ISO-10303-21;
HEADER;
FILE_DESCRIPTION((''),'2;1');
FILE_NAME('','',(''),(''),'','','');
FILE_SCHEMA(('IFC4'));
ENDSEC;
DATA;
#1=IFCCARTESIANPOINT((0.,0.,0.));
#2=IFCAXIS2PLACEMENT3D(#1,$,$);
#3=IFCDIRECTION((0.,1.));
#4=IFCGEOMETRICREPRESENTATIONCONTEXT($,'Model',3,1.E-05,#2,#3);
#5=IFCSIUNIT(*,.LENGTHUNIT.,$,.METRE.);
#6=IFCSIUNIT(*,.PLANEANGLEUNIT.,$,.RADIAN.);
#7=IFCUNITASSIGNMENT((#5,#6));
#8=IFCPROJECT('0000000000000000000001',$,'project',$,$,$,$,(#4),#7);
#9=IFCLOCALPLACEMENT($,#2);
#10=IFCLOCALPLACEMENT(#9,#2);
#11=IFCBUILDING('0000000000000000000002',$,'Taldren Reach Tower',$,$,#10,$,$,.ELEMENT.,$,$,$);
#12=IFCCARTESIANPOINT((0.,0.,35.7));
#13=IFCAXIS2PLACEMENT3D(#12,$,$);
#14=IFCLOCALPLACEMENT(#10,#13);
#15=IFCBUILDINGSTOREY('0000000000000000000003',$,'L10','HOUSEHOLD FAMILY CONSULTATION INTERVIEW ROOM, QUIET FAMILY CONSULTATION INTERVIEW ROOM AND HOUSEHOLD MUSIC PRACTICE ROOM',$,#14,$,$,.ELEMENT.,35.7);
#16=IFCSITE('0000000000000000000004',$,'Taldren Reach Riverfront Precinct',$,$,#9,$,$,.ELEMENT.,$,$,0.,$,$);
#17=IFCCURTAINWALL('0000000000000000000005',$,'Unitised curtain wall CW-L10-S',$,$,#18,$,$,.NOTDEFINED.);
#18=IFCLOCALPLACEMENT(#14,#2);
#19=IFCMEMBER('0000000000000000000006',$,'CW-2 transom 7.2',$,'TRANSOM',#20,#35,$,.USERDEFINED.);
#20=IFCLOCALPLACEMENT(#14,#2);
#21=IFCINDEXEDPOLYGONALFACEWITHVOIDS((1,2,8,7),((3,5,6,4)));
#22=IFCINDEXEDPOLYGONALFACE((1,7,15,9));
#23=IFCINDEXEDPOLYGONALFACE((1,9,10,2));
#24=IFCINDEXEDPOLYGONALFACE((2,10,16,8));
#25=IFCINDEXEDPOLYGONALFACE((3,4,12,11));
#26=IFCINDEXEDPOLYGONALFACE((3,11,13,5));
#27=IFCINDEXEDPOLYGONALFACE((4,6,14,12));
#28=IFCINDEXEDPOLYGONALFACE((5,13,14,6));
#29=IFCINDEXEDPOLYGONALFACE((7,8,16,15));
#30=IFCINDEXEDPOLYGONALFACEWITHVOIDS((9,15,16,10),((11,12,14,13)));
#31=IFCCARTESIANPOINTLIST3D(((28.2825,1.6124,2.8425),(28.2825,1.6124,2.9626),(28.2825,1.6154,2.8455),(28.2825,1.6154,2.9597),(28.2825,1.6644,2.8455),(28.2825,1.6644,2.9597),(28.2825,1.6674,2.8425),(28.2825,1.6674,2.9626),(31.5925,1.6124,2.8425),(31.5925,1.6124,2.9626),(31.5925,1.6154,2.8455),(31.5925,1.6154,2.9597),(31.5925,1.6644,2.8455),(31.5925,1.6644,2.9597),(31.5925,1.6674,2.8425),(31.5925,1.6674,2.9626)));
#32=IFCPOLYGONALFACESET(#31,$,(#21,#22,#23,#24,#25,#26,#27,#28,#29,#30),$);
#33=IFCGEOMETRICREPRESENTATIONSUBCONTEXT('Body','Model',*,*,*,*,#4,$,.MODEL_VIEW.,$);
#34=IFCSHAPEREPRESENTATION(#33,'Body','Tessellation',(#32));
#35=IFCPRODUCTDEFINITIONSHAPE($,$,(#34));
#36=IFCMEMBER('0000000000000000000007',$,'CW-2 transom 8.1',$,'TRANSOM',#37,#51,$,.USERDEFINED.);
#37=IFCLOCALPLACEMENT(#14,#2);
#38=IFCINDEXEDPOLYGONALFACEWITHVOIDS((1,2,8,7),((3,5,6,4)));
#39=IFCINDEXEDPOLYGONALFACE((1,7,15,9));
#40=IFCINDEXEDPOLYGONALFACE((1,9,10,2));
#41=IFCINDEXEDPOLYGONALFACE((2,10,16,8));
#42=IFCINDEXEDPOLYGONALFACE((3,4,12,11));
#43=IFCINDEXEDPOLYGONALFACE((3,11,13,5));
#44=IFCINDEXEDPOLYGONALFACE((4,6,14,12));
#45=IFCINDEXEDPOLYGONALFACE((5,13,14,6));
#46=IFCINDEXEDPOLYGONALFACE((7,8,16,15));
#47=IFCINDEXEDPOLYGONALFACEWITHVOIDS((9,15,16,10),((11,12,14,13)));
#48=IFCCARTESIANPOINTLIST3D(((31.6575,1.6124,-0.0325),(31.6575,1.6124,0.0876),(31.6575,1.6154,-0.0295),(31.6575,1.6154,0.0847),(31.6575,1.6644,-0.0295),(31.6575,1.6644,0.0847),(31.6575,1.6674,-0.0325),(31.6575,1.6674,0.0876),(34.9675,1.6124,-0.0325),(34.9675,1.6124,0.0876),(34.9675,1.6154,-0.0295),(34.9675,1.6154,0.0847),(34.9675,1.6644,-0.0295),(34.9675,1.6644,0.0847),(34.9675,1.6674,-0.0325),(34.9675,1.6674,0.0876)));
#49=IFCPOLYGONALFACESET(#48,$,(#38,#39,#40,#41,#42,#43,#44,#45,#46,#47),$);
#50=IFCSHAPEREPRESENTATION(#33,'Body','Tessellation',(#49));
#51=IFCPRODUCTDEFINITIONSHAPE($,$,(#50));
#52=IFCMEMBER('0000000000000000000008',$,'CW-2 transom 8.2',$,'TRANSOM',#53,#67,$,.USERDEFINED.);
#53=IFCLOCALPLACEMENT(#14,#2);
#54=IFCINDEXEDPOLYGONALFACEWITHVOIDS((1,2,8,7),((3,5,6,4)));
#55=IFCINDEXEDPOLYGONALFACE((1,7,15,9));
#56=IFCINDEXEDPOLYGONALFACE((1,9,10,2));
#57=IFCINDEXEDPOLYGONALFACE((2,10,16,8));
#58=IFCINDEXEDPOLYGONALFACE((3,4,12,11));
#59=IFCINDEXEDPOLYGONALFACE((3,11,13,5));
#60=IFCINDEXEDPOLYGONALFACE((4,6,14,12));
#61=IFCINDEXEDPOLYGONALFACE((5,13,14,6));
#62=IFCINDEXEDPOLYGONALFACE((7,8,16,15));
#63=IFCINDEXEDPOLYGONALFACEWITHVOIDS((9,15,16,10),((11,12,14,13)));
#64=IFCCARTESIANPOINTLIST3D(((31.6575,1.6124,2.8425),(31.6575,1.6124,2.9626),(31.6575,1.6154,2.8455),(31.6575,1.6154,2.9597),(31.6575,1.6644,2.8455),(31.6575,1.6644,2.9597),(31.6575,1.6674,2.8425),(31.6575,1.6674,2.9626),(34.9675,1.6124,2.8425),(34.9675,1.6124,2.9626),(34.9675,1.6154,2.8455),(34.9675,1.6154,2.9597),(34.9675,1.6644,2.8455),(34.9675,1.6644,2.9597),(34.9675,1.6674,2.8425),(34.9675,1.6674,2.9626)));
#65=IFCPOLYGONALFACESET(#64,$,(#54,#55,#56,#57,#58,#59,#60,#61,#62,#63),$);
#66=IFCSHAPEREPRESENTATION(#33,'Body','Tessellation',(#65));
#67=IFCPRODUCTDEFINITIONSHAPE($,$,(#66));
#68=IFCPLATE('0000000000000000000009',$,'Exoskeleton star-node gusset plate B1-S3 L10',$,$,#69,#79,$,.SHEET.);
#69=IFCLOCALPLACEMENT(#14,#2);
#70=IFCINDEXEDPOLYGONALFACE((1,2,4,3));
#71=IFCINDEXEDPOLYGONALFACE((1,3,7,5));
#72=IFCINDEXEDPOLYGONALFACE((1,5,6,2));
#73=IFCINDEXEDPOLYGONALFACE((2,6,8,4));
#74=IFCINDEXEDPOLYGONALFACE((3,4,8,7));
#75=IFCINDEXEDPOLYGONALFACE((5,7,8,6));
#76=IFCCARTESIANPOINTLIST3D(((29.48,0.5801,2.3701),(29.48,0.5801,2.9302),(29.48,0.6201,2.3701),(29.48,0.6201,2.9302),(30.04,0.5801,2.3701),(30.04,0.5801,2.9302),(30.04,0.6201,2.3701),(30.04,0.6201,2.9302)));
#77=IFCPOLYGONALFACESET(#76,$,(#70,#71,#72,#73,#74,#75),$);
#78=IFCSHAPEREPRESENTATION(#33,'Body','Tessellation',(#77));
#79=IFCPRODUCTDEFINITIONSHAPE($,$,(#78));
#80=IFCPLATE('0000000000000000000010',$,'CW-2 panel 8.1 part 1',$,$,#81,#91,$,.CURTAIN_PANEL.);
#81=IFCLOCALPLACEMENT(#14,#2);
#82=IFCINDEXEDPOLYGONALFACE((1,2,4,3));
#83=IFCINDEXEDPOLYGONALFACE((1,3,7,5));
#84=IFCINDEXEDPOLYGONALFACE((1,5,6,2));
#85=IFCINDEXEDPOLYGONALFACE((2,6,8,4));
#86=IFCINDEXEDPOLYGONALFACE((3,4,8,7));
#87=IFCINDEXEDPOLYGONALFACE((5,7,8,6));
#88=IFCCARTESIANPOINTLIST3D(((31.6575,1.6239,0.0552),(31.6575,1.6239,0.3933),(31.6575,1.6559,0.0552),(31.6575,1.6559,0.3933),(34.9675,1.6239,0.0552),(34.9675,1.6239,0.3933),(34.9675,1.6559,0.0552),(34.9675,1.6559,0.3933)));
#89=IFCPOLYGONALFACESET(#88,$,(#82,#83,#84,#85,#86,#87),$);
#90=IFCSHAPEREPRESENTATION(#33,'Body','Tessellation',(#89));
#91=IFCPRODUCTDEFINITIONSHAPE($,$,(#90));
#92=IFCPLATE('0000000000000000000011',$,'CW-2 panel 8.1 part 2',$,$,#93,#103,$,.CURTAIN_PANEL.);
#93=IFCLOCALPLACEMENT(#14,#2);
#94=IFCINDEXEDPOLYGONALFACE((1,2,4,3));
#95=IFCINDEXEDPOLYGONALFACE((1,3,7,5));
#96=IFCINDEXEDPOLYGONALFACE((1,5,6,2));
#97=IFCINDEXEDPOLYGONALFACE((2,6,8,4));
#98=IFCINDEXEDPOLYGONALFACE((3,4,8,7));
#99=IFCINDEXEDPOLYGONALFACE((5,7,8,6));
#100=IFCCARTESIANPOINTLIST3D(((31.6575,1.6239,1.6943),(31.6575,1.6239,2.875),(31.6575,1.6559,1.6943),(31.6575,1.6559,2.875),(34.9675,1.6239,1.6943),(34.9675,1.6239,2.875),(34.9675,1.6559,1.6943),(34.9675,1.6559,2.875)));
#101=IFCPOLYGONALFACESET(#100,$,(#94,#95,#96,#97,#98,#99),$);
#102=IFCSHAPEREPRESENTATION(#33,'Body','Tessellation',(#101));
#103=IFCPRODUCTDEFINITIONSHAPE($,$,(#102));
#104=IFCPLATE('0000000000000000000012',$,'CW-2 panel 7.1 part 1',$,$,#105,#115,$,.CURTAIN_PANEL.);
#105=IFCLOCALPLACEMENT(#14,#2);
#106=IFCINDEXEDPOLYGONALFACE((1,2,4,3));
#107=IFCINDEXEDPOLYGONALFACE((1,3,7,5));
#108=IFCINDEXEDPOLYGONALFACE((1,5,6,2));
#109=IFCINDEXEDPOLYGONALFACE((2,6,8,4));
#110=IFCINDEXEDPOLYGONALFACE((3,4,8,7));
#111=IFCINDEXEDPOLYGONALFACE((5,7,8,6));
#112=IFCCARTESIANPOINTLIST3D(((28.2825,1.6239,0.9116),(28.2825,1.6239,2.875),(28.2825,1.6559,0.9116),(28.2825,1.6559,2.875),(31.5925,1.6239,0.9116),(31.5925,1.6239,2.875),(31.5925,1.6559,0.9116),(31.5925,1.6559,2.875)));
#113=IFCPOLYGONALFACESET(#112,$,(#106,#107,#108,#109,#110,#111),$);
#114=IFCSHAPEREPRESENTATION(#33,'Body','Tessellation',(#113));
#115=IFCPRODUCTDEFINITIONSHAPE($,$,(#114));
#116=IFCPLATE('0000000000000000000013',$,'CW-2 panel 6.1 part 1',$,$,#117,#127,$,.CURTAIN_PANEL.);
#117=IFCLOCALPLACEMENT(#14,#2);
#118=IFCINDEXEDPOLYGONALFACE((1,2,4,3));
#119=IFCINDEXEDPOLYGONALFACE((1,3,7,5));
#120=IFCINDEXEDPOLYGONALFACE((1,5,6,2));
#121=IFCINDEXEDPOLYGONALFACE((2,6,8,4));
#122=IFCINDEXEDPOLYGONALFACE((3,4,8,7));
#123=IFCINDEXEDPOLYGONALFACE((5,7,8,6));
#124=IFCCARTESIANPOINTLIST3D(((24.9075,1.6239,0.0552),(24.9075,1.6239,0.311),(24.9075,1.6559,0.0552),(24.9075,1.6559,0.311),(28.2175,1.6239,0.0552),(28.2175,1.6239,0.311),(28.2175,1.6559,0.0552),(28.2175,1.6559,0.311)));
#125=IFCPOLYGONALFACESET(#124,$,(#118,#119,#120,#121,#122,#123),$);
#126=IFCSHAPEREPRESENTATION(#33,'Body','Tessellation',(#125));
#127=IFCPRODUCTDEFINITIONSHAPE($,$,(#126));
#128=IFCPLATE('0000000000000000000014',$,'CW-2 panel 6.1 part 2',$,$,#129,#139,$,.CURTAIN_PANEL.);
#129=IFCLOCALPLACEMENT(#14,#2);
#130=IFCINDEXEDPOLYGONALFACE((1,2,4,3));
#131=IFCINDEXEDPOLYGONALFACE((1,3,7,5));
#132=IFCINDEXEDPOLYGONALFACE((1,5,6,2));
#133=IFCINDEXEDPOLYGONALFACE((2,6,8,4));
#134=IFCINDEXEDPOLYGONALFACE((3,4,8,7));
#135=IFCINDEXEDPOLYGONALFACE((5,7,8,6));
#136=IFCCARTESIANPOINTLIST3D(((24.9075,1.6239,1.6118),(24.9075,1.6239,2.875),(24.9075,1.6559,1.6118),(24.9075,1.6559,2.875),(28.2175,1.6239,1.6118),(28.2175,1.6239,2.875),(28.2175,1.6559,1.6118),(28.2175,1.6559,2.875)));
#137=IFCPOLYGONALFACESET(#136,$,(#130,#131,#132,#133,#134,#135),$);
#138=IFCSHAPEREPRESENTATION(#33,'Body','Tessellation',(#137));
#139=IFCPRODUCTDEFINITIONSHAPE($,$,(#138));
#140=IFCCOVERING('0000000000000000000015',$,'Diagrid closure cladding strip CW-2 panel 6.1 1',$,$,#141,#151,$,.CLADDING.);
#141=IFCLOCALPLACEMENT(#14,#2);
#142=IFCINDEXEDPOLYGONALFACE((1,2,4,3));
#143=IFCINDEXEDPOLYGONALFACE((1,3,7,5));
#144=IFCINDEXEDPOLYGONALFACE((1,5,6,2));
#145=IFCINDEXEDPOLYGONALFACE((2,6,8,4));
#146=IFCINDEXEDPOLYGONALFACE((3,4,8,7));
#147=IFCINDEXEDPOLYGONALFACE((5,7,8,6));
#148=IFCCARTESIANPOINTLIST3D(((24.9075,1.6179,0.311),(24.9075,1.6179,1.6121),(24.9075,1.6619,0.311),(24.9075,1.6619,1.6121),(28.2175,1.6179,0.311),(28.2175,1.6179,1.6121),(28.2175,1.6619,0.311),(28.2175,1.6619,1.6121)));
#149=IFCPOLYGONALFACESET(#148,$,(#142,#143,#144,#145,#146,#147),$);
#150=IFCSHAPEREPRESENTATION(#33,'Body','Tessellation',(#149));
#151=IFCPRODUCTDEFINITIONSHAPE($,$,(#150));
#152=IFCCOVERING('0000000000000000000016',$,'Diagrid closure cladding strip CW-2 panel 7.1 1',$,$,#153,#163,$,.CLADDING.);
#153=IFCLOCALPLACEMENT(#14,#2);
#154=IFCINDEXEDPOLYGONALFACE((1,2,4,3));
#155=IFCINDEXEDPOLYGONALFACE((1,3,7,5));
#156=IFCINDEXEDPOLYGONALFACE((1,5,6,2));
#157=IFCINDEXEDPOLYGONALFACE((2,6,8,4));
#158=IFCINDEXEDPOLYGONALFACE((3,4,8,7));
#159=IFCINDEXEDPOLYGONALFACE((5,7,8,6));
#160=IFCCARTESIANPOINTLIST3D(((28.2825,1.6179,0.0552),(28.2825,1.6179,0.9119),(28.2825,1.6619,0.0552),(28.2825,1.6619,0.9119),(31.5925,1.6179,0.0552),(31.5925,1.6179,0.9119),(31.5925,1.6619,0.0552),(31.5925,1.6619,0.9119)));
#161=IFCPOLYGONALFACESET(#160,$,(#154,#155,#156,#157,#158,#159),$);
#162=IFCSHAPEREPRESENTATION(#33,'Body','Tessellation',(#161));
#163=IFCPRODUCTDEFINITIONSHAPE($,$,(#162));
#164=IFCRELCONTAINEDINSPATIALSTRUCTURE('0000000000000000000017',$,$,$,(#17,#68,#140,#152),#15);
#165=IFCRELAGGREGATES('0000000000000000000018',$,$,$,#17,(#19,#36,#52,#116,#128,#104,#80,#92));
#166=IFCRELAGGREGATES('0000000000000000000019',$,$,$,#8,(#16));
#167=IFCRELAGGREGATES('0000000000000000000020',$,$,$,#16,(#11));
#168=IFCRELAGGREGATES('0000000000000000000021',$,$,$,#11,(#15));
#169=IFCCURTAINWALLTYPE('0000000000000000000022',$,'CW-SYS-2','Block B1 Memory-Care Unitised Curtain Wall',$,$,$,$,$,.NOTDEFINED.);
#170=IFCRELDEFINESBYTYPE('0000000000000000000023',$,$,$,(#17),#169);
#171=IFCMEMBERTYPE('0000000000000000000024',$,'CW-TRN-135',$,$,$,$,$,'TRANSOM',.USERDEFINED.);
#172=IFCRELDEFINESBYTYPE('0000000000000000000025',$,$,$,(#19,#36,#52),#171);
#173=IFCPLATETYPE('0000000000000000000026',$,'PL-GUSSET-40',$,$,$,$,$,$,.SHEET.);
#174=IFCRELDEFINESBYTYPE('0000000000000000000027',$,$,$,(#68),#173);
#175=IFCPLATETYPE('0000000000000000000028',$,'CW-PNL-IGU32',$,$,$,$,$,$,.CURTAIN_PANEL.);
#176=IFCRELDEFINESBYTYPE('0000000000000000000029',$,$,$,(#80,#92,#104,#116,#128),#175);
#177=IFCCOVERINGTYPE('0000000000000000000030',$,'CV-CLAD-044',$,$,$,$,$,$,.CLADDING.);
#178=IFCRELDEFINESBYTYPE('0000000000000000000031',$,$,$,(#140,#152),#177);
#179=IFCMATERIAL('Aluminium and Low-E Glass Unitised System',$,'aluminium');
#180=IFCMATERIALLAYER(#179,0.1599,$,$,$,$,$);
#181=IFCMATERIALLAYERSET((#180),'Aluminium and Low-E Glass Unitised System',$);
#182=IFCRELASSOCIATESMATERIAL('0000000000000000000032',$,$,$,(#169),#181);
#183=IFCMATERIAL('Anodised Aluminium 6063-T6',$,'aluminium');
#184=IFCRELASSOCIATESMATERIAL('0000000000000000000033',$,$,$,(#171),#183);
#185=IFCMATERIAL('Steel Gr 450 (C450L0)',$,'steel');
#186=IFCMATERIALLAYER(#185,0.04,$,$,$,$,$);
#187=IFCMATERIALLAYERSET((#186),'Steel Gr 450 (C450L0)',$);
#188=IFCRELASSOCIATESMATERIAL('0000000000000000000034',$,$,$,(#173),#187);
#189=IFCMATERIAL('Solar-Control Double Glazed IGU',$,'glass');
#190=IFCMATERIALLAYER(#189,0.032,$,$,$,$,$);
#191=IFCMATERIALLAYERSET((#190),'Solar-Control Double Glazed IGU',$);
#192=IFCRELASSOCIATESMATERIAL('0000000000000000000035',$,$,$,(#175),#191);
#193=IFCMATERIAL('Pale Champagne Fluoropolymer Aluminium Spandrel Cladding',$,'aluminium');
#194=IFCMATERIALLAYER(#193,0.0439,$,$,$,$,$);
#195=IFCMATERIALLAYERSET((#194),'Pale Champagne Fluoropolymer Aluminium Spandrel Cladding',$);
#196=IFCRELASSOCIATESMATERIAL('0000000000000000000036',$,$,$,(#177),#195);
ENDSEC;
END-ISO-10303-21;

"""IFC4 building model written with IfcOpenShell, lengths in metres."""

from ifc_helpers import new_model, si_unit, direction, frame, origin, origin_2d, place, context, subcontext, project, spatial, rectangle, hollow_rectangle, extrude, source, transform, mapped, material, layer, layer_set, material_profile, profile_set, type_object, element, aggregate, save


model = new_model("IFC4")

# Units and contexts
model_context = context("Model", 3, precision=1e-05, world=origin(), true_north=direction((0.0, 1.0)))
body_context = subcontext(model_context, "Body", "Model", "MODEL_VIEW")
ifc_project = project(units=[si_unit("LENGTHUNIT", "METRE"), si_unit("PLANEANGLEUNIT", "RADIAN")], contexts=[model_context])

# Site, building, storey
site_placement = place(None, origin())
site = spatial("IfcSite", under=ifc_project, at=site_placement, Name="Taldren Reach Riverfront Precinct", CompositionType="ELEMENT", RefElevation=0.0)
building_placement = place(site_placement, origin())
building = spatial("IfcBuilding", under=site, at=building_placement, Name="Taldren Reach Tower", CompositionType="ELEMENT")
storey_placement = place(building_placement, frame((0.0, 0.0, 35.7)))
storey = spatial("IfcBuildingStorey", under=building, at=storey_placement, Name="L10", Description="HOUSEHOLD FAMILY CONSULTATION INTERVIEW ROOM, QUIET FAMILY CONSULTATION INTERVIEW ROOM AND HOUSEHOLD MUSIC PRACTICE ROOM", CompositionType="ELEMENT", Elevation=35.7)

# Shared definitions
ifc_material_1 = material(Name="Steel Gr 450 (C450L0)", Category="steel")

# Curtain wall, members
ifc_material_2 = material(Name="Aluminium and Low-E Glass Unitised System", Category="aluminium")
ifc_layer_1 = layer(ifc_material_2, 0.1599)
ifc_layer_set_1 = layer_set([ifc_layer_1], Name="Aluminium and Low-E Glass Unitised System")
curtain_wall_type = type_object("IfcCurtainWallType", Name="CW-SYS-2", Description="Block B1 Memory-Care Unitised Curtain Wall", PredefinedType="NOTDEFINED", material=ifc_layer_set_1)
curtain_wall_placement = place(storey_placement, origin())
curtain_wall = element("IfcCurtainWall", 1, at=curtain_wall_placement, inside=storey, type_object=curtain_wall_type, Name="Unitised curtain wall CW-L10-S", PredefinedType="NOTDEFINED")
ifc_material_3 = material(Name="Anodised Aluminium 6063-T6", Category="aluminium")
ifc_material_profile_1 = material_profile(ifc_material_3, hollow_rectangle(XDim=0.0549, YDim=0.1201, WallThickness=0.0029, at=origin_2d()), Name="ALU-120x55x3RHS")
ifc_profile_set_1 = profile_set([ifc_material_profile_1], Name="Anodised Aluminium 6063-T6")
member_type_1 = type_object("IfcMemberType", Name="CW-TRN-135", ElementType="TRANSOM", PredefinedType="USERDEFINED", material=ifc_profile_set_1)
shared_shape_1 = source(origin(), body_context, "Body", "SweptSolid", [
    extrude(hollow_rectangle(XDim=0.0549, YDim=0.1201, WallThickness=0.0029, at=origin_2d()), origin(), (0.0, 0.0, 1.0), 3.3101),
])
member_1_placement = place(storey_placement, frame((28.2825, 1.6399, 2.9026), z_axis=(1.0, 0.0, 0.0), x_axis=(0.0, 1.0, 0.0)))
member_1 = element("IfcMember", 2, at=member_1_placement, type_object=member_type_1, Name="CW-2 transom 7.2", ObjectType="TRANSOM", PredefinedType="USERDEFINED", context=body_context, shape_type="MappedRepresentation", body=[
    mapped(shared_shape_1, transform((0.0, 0.0, 0.0), scale=1.0)),
])
member_2_placement = place(storey_placement, frame((31.6575, 1.6399, 0.0276), z_axis=(1.0, 0.0, 0.0), x_axis=(0.0, 1.0, 0.0)))
member_2 = element("IfcMember", 3, at=member_2_placement, type_object=member_type_1, Name="CW-2 transom 8.1", ObjectType="TRANSOM", PredefinedType="USERDEFINED", context=body_context, shape_type="MappedRepresentation", body=[
    mapped(shared_shape_1, transform((0.0, 0.0, 0.0), scale=1.0)),
])
member_3_placement = place(storey_placement, frame((31.6575, 1.6399, 2.9026), z_axis=(1.0, 0.0, 0.0), x_axis=(0.0, 1.0, 0.0)))
member_3 = element("IfcMember", 4, at=member_3_placement, type_object=member_type_1, Name="CW-2 transom 8.2", ObjectType="TRANSOM", PredefinedType="USERDEFINED", context=body_context, shape_type="MappedRepresentation", body=[
    mapped(shared_shape_1, transform((0.0, 0.0, 0.0), scale=1.0)),
])

# Plates
ifc_layer_2 = layer(ifc_material_1, 0.04)
ifc_layer_set_2 = layer_set([ifc_layer_2], Name="Steel Gr 450 (C450L0)")
plate_type_1 = type_object("IfcPlateType", Name="PL-GUSSET-40", PredefinedType="SHEET", material=ifc_layer_set_2)
shared_shape_2 = source(origin(), body_context, "Body", "SweptSolid", [
    extrude(rectangle(XDim=0.5601, YDim=0.04, at=origin_2d()), origin(), (0.0, 0.0, 1.0), 0.5601),
])
plate_1_placement = place(storey_placement, frame((29.76, 0.6001, 2.3701), z_axis=(0.0, 0.0, 1.0), x_axis=(1.0, 0.0, 0.0)))
element("IfcPlate", 5, at=plate_1_placement, inside=storey, type_object=plate_type_1, Name="Exoskeleton star-node gusset plate B1-S3 L10", PredefinedType="SHEET", context=body_context, shape_type="MappedRepresentation", body=[
    mapped(shared_shape_2, transform((0.0, 0.0, 0.0), scale=1.0)),
])
ifc_material_4 = material(Name="Solar-Control Double Glazed IGU", Category="glass")
ifc_layer_3 = layer(ifc_material_4, 0.032)
ifc_layer_set_3 = layer_set([ifc_layer_3], Name="Solar-Control Double Glazed IGU")
plate_type_2 = type_object("IfcPlateType", Name="CW-PNL-IGU32", PredefinedType="CURTAIN_PANEL", material=ifc_layer_set_3)
shared_shape_3 = source(origin(), body_context, "Body", "SweptSolid", [
    extrude(rectangle(XDim=3.3101, YDim=0.032, at=origin_2d()), origin(), (0.0, 0.0, 1.0), 0.3381),
])
plate_2_placement = place(storey_placement, frame((33.3125, 1.6399, 0.0552), z_axis=(0.0, 0.0, 1.0), x_axis=(1.0, 0.0, 0.0)))
plate_2 = element("IfcPlate", 6, at=plate_2_placement, type_object=plate_type_2, Name="CW-2 panel 8.1 part 1", PredefinedType="CURTAIN_PANEL", context=body_context, shape_type="MappedRepresentation", body=[
    mapped(shared_shape_3, transform((0.0, 0.0, 0.0), scale=1.0)),
])
shared_shape_4 = source(origin(), body_context, "Body", "SweptSolid", [
    extrude(rectangle(XDim=3.3101, YDim=0.032, at=origin_2d()), origin(), (0.0, 0.0, 1.0), 1.1807),
])
plate_3_placement = place(storey_placement, frame((33.3125, 1.6399, 1.6943), z_axis=(0.0, 0.0, 1.0), x_axis=(1.0, 0.0, 0.0)))
plate_3 = element("IfcPlate", 7, at=plate_3_placement, type_object=plate_type_2, Name="CW-2 panel 8.1 part 2", PredefinedType="CURTAIN_PANEL", context=body_context, shape_type="MappedRepresentation", body=[
    mapped(shared_shape_4, transform((0.0, 0.0, 0.0), scale=1.0)),
])
shared_shape_5 = source(origin(), body_context, "Body", "SweptSolid", [
    extrude(rectangle(XDim=3.3101, YDim=0.032, at=origin_2d()), origin(), (0.0, 0.0, 1.0), 1.9634),
])
plate_4_placement = place(storey_placement, frame((29.9375, 1.6399, 0.9116), z_axis=(0.0, 0.0, 1.0), x_axis=(1.0, 0.0, 0.0)))
plate_4 = element("IfcPlate", 8, at=plate_4_placement, type_object=plate_type_2, Name="CW-2 panel 7.1 part 1", PredefinedType="CURTAIN_PANEL", context=body_context, shape_type="MappedRepresentation", body=[
    mapped(shared_shape_5, transform((0.0, 0.0, 0.0), scale=1.0)),
])
shared_shape_6 = source(origin(), body_context, "Body", "SweptSolid", [
    extrude(rectangle(XDim=3.3101, YDim=0.032, at=origin_2d()), origin(), (0.0, 0.0, 1.0), 0.2559),
])
plate_5_placement = place(storey_placement, frame((26.5625, 1.6399, 0.0552), z_axis=(0.0, 0.0, 1.0), x_axis=(1.0, 0.0, 0.0)))
plate_5 = element("IfcPlate", 9, at=plate_5_placement, type_object=plate_type_2, Name="CW-2 panel 6.1 part 1", PredefinedType="CURTAIN_PANEL", context=body_context, shape_type="MappedRepresentation", body=[
    mapped(shared_shape_6, transform((0.0, 0.0, 0.0), scale=1.0)),
])
shared_shape_7 = source(origin(), body_context, "Body", "SweptSolid", [
    extrude(rectangle(XDim=3.3101, YDim=0.032, at=origin_2d()), origin(), (0.0, 0.0, 1.0), 1.2632),
])
plate_6_placement = place(storey_placement, frame((26.5625, 1.6399, 1.6118), z_axis=(0.0, 0.0, 1.0), x_axis=(1.0, 0.0, 0.0)))
plate_6 = element("IfcPlate", 10, at=plate_6_placement, type_object=plate_type_2, Name="CW-2 panel 6.1 part 2", PredefinedType="CURTAIN_PANEL", context=body_context, shape_type="MappedRepresentation", body=[
    mapped(shared_shape_7, transform((0.0, 0.0, 0.0), scale=1.0)),
])
aggregate(curtain_wall, [member_1, member_2, member_3, plate_5, plate_6, plate_4, plate_2, plate_3])

# Coverings
ifc_material_5 = material(Name="Pale Champagne Fluoropolymer Aluminium Spandrel Cladding", Category="aluminium")
ifc_layer_4 = layer(ifc_material_5, 0.0439)
ifc_layer_set_4 = layer_set([ifc_layer_4], Name="Pale Champagne Fluoropolymer Aluminium Spandrel Cladding")
covering_type = type_object("IfcCoveringType", Name="CV-CLAD-044", PredefinedType="CLADDING", material=ifc_layer_set_4)
shared_shape_8 = source(origin(), body_context, "Body", "SweptSolid", [
    extrude(rectangle(XDim=3.3101, YDim=0.0439, at=origin_2d()), origin(), (0.0, 0.0, 1.0), 1.301),
])
covering_1_placement = place(storey_placement, frame((26.5625, 1.6399, 0.311), z_axis=(0.0, 0.0, 1.0), x_axis=(1.0, 0.0, 0.0)))
element("IfcCovering", 11, at=covering_1_placement, inside=storey, type_object=covering_type, Name="Diagrid closure cladding strip CW-2 panel 6.1 1", PredefinedType="CLADDING", context=body_context, shape_type="MappedRepresentation", body=[
    mapped(shared_shape_8, transform((0.0, 0.0, 0.0), scale=1.0)),
])
shared_shape_9 = source(origin(), body_context, "Body", "SweptSolid", [
    extrude(rectangle(XDim=3.3101, YDim=0.0439, at=origin_2d()), origin(), (0.0, 0.0, 1.0), 0.8567),
])
covering_2_placement = place(storey_placement, frame((29.9375, 1.6399, 0.0552), z_axis=(0.0, 0.0, 1.0), x_axis=(1.0, 0.0, 0.0)))
element("IfcCovering", 12, at=covering_2_placement, inside=storey, type_object=covering_type, Name="Diagrid closure cladding strip CW-2 panel 7.1 1", PredefinedType="CLADDING", context=body_context, shape_type="MappedRepresentation", body=[
    mapped(shared_shape_9, transform((0.0, 0.0, 0.0), scale=1.0)),
])

save(model, "model.ifc")
